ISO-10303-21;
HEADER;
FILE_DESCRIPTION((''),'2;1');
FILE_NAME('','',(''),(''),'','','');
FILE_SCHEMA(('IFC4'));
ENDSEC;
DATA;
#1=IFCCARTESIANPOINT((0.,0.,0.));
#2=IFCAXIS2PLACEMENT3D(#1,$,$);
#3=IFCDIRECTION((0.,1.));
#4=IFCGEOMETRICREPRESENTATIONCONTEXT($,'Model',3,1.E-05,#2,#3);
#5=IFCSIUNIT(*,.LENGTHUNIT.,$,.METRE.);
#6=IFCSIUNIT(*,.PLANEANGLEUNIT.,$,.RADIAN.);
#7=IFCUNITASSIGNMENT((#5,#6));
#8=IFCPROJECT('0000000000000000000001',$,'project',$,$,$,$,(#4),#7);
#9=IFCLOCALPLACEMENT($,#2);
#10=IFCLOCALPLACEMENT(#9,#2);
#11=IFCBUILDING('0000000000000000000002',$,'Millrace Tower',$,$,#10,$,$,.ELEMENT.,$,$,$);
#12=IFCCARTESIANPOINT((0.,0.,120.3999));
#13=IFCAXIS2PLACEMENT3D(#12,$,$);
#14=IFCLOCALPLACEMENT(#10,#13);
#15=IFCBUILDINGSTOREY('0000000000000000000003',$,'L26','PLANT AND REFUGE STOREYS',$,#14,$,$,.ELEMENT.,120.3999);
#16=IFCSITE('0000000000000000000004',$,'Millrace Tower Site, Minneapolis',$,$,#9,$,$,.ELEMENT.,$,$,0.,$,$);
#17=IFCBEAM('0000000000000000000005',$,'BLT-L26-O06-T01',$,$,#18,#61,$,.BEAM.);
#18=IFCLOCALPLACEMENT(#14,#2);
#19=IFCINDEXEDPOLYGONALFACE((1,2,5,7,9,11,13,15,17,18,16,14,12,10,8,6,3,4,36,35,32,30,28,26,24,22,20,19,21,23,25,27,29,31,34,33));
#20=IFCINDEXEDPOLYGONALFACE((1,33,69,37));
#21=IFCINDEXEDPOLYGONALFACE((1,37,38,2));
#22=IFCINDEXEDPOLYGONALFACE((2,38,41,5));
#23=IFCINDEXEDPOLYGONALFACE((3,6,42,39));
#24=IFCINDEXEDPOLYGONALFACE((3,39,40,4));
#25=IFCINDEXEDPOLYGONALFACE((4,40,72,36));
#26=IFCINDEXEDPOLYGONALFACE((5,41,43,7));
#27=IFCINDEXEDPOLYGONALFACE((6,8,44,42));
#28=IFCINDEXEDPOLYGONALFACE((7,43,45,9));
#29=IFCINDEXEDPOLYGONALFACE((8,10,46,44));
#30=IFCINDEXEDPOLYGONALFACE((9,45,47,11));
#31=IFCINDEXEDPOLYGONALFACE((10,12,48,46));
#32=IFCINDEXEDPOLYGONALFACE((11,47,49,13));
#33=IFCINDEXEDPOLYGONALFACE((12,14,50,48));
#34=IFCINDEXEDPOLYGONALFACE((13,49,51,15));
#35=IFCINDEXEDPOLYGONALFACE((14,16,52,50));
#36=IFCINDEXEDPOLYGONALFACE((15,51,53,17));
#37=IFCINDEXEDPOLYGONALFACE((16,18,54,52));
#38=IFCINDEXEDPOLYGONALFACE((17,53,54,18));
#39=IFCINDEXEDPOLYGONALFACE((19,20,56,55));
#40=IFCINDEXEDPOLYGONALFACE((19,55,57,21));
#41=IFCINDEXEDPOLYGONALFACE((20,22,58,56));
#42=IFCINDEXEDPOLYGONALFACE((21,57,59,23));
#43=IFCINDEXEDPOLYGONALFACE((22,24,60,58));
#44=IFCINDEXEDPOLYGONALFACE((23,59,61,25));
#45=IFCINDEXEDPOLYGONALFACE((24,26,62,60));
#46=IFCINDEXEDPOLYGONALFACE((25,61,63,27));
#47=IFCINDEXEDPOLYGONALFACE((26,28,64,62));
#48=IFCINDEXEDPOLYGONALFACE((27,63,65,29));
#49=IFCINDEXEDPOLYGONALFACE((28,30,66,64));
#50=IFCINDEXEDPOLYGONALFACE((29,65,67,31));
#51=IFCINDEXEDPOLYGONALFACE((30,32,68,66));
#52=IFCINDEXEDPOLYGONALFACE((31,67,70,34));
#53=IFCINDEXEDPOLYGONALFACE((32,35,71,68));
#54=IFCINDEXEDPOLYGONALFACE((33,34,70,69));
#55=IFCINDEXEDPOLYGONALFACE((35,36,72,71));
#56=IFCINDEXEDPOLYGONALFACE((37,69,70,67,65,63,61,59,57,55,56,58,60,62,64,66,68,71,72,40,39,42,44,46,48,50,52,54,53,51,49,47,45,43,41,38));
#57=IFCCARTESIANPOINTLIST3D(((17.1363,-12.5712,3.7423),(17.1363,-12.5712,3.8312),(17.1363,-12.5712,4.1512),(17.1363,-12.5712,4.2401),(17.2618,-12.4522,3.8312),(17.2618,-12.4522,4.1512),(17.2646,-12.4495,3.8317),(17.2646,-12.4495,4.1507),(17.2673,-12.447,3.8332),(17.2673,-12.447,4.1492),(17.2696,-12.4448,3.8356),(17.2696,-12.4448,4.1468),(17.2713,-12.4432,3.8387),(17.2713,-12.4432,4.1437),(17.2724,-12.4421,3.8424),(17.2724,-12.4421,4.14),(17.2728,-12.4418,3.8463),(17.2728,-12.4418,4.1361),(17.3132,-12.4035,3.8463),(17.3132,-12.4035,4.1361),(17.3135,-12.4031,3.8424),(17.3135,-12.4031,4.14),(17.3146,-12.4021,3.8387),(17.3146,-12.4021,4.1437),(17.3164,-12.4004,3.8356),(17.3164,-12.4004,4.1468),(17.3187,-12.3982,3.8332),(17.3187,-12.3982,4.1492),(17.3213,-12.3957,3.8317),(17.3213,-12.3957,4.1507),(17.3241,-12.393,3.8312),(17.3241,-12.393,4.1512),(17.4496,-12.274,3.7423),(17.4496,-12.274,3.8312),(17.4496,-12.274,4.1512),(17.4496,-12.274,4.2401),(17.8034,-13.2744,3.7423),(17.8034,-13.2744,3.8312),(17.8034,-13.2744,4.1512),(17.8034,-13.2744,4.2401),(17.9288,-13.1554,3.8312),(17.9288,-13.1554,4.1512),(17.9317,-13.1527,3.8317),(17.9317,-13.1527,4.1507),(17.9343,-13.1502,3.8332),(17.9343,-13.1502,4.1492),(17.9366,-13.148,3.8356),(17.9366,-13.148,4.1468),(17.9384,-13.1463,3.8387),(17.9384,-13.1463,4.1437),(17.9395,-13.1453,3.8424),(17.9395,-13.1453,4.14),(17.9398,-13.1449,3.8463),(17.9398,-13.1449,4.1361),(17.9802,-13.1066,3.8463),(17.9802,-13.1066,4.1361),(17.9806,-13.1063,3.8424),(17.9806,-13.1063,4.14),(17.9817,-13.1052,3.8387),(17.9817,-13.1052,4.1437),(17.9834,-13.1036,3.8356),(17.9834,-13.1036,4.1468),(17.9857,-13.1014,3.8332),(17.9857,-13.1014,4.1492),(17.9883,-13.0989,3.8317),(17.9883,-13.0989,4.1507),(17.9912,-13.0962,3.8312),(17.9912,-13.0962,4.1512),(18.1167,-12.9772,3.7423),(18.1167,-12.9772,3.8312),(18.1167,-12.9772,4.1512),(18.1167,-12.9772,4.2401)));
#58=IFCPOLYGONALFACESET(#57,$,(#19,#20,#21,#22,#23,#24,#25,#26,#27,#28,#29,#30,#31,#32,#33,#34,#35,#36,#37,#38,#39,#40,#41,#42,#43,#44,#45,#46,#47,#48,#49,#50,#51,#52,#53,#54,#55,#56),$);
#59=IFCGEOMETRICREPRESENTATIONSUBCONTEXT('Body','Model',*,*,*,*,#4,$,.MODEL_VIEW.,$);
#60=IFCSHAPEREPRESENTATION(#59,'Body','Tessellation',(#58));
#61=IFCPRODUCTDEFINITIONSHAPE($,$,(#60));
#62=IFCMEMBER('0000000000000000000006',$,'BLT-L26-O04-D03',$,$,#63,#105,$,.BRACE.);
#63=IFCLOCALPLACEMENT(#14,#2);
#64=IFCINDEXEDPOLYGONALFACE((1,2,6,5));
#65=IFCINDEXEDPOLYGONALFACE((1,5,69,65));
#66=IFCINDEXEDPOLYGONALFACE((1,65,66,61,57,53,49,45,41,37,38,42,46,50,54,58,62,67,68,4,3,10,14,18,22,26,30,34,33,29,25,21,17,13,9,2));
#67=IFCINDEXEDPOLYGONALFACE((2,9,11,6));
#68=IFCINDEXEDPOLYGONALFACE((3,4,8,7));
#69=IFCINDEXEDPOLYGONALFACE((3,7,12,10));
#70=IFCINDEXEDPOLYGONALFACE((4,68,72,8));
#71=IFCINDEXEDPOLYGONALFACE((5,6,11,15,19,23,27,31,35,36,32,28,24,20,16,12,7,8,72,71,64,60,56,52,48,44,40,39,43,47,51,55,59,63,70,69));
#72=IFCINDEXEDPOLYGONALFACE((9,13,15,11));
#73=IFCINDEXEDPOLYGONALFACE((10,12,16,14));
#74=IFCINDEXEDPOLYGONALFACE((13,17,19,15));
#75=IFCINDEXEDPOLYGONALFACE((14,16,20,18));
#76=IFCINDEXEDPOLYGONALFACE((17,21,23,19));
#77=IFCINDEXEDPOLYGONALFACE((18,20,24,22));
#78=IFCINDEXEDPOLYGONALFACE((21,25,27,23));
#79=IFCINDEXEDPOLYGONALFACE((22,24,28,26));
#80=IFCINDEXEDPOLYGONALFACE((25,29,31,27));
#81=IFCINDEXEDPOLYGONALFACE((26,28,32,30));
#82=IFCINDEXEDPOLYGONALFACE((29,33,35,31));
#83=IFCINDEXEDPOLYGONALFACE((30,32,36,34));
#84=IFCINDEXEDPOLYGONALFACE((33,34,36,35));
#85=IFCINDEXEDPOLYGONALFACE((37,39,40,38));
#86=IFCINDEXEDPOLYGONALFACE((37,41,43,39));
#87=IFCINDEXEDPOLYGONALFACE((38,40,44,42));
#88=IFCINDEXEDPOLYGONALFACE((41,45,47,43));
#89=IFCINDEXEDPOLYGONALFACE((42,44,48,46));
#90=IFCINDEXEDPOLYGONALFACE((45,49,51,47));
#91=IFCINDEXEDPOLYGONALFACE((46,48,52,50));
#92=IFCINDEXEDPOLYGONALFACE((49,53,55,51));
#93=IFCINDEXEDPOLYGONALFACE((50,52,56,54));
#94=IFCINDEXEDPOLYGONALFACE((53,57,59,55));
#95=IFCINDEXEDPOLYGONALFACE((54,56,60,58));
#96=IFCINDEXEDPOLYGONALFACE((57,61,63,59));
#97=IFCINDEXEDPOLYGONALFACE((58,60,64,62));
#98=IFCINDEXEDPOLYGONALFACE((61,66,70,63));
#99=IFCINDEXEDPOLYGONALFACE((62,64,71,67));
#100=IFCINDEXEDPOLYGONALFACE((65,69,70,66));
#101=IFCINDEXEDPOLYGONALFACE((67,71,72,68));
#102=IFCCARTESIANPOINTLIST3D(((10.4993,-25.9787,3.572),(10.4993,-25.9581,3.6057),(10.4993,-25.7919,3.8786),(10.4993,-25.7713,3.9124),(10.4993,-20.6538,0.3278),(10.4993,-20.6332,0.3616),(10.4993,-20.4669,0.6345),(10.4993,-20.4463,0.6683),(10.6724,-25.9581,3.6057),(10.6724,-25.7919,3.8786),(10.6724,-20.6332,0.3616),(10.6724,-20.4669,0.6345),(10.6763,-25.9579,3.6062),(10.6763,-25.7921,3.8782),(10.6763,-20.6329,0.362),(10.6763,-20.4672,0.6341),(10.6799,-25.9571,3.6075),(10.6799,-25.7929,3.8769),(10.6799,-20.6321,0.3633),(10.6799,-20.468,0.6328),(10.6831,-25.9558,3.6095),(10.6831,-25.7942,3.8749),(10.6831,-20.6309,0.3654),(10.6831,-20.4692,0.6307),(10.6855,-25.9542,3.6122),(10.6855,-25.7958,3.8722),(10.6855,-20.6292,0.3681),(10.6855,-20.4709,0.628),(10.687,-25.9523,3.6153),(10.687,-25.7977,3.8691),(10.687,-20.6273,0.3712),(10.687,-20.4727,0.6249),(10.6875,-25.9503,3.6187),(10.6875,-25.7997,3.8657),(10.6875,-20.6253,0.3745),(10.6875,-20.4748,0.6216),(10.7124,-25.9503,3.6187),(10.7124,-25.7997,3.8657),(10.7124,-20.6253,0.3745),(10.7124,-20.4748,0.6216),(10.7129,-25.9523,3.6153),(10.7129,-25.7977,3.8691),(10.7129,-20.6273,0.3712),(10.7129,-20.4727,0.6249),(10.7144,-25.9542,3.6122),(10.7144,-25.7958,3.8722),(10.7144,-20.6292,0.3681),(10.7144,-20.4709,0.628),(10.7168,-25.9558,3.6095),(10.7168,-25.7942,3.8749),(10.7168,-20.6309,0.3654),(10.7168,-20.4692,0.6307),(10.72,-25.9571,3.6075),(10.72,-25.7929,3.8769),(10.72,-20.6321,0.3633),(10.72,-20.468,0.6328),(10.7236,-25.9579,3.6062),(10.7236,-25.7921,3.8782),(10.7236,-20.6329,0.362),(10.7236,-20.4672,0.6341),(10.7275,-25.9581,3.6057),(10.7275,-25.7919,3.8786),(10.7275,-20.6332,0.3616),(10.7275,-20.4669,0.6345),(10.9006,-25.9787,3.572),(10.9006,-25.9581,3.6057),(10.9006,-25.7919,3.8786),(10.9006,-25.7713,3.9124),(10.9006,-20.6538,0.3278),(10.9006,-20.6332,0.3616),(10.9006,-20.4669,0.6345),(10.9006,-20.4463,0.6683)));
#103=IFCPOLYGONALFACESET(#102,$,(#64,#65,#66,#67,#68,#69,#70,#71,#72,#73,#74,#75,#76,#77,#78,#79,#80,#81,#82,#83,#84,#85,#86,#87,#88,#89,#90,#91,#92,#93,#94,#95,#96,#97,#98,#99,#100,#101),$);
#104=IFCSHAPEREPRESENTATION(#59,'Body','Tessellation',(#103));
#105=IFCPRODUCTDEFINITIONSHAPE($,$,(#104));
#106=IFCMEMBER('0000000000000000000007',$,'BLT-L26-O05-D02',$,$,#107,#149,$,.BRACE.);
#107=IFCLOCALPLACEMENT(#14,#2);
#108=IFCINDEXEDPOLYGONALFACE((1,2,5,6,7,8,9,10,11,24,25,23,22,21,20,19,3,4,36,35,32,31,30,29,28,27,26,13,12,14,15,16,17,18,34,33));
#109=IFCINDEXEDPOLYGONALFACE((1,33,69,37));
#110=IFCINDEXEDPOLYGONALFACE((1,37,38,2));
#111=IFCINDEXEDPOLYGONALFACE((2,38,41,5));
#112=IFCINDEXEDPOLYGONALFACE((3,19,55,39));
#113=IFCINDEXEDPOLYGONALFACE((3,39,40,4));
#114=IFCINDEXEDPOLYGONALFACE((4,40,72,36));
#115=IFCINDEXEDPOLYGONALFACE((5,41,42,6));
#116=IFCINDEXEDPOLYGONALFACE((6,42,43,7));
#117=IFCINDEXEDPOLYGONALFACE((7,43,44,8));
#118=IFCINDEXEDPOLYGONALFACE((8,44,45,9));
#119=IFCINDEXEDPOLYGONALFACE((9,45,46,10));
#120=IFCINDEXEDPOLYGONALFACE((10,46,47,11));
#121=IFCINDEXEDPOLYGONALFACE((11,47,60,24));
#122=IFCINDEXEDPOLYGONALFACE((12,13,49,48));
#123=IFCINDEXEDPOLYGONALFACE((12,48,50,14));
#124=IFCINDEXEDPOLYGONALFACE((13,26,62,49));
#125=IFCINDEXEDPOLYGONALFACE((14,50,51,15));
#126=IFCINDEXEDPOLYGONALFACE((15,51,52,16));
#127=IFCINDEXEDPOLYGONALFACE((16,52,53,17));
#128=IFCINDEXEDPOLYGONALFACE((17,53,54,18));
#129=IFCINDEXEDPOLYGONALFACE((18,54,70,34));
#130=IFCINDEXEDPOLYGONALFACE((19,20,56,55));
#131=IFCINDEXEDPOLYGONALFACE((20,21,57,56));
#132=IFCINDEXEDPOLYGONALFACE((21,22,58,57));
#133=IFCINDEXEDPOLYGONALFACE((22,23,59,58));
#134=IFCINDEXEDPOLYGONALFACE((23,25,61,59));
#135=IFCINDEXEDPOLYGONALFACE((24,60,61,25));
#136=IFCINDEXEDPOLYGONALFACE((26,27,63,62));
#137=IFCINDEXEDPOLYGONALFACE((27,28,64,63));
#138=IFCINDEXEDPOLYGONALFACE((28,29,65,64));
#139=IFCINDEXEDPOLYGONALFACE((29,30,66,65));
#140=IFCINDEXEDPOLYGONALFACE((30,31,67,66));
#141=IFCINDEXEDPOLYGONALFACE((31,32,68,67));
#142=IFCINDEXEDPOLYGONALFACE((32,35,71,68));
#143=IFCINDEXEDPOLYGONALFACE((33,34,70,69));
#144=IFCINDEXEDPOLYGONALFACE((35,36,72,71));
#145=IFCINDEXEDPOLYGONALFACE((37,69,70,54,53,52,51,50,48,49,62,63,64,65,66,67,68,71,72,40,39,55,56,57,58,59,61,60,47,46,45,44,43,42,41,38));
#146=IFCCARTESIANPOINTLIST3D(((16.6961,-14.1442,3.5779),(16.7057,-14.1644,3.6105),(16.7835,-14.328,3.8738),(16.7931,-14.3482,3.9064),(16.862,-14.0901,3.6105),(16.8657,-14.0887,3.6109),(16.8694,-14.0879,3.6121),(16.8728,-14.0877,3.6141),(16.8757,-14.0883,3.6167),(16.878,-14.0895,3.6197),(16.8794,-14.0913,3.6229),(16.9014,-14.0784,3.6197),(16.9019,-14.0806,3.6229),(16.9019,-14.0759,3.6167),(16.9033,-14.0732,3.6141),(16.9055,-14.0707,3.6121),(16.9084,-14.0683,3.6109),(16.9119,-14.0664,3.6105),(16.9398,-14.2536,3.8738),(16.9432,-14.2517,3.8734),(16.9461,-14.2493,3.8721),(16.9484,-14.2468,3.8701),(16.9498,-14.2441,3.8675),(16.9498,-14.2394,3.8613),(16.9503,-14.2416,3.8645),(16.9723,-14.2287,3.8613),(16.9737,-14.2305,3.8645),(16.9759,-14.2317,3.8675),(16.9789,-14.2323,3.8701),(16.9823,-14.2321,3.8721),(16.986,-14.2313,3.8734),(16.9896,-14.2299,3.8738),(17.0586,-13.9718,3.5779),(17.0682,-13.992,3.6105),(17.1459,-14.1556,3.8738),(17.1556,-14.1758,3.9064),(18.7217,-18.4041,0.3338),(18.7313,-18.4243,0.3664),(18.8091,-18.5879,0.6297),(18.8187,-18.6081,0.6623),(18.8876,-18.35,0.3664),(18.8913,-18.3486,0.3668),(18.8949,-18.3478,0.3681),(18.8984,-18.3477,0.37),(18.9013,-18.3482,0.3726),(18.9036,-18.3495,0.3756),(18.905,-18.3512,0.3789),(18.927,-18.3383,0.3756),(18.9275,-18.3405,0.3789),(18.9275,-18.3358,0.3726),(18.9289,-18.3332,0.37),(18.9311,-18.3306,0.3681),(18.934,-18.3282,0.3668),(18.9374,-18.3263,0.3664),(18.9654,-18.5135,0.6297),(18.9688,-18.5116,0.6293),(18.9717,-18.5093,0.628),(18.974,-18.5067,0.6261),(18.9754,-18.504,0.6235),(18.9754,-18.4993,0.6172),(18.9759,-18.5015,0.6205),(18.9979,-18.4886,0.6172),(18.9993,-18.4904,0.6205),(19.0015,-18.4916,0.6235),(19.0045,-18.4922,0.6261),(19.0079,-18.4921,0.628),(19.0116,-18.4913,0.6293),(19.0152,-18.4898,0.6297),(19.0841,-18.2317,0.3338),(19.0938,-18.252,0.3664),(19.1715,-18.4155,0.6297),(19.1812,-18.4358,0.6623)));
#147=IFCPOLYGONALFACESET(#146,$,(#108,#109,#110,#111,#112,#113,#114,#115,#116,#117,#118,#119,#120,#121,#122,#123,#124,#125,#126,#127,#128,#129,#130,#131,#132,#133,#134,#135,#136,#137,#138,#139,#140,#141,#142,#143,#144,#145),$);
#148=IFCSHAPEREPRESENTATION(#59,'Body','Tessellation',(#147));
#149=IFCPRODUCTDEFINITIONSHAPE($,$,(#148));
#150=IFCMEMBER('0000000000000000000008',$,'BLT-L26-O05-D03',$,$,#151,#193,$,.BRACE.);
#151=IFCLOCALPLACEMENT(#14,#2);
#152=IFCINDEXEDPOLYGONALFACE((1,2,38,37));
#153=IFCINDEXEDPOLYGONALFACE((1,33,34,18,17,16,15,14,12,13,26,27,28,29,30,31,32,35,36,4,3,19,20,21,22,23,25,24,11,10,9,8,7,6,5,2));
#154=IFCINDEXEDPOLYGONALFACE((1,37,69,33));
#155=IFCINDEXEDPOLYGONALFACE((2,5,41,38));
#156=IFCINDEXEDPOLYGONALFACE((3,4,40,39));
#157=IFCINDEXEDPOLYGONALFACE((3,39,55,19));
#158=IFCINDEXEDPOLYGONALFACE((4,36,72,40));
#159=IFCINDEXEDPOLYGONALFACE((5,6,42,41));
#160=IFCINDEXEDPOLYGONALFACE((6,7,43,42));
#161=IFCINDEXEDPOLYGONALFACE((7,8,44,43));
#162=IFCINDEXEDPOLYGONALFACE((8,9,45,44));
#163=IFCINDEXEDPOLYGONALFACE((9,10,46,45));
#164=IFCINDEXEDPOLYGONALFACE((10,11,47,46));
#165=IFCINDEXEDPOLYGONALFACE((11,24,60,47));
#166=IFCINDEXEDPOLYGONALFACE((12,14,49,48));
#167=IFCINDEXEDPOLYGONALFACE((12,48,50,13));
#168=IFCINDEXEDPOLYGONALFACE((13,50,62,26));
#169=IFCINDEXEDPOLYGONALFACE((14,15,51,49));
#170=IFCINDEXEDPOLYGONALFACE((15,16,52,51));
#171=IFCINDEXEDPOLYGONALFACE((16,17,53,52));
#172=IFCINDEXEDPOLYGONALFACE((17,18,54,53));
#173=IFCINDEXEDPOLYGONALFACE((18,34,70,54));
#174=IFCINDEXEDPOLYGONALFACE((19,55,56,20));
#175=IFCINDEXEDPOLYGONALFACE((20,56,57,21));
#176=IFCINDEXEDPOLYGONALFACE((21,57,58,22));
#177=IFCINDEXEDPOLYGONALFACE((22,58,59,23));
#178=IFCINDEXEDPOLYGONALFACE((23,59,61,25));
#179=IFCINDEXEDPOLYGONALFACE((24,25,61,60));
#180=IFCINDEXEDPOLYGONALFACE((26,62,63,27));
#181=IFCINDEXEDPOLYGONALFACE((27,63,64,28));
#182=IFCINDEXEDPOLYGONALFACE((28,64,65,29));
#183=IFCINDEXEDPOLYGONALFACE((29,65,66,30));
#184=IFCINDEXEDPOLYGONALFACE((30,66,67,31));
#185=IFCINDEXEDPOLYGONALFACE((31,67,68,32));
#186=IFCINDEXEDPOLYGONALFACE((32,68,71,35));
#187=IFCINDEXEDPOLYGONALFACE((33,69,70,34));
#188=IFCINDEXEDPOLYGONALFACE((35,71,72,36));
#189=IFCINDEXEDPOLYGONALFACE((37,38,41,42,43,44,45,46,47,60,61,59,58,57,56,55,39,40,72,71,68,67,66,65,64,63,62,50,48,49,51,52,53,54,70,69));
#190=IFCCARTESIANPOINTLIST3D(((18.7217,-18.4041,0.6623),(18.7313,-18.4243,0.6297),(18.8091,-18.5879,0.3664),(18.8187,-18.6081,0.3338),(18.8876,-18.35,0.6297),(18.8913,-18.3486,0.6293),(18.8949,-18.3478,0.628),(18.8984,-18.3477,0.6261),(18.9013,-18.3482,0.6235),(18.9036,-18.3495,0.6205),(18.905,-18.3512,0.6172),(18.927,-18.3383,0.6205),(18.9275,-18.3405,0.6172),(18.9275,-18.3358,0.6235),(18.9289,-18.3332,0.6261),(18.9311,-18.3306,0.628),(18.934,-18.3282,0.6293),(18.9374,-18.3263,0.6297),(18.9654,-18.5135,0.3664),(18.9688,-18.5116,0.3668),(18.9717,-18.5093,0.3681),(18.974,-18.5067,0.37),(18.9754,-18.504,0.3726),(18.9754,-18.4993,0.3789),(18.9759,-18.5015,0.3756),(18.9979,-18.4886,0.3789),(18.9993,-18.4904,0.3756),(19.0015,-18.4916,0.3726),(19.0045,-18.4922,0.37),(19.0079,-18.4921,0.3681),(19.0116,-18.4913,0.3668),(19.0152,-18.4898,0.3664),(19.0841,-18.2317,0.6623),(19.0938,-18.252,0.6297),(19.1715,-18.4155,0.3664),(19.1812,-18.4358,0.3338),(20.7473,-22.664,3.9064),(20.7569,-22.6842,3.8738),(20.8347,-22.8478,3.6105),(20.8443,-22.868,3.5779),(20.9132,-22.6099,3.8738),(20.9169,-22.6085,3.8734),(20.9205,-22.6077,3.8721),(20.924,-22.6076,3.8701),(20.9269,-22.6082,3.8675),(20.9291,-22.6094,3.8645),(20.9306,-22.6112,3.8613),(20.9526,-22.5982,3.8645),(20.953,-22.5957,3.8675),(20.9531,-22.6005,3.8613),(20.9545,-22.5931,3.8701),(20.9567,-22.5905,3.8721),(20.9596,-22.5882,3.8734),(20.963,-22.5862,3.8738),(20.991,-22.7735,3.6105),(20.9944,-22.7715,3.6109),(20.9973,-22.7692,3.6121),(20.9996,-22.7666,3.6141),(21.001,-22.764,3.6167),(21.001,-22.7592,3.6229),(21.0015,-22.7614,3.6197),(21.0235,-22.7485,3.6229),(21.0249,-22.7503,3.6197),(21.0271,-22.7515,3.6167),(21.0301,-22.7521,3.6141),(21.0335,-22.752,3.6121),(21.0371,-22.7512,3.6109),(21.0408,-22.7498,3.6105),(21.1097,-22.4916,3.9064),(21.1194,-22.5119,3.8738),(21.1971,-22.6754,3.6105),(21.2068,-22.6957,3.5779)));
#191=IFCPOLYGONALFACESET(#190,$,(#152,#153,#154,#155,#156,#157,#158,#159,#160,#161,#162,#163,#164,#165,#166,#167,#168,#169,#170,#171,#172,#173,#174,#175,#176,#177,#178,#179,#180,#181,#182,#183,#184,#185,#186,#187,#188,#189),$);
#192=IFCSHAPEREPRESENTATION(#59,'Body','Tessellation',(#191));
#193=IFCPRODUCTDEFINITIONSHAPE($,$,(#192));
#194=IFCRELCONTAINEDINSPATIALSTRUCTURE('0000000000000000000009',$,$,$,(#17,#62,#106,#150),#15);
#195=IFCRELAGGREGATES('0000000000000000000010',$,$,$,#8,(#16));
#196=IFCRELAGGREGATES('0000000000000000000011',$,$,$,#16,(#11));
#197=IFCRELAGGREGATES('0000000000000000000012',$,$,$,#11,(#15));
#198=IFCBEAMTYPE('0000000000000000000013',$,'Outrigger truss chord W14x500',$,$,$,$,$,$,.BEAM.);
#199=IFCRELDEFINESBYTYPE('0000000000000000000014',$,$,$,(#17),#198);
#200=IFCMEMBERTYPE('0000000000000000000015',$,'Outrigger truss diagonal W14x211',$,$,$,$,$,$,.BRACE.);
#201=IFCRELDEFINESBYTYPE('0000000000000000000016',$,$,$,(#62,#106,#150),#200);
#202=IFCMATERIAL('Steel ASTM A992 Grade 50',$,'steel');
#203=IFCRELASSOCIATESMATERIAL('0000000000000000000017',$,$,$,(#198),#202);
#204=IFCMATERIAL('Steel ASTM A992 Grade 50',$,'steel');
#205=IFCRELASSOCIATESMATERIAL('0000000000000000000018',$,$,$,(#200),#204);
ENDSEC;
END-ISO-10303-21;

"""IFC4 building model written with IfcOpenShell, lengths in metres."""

from ifc_helpers import new_model, si_unit, direction, frame, origin, origin_2d, place, context, subcontext, project, spatial, i_section, extrude, material, material_profile, profile_set, type_object, element, save


model = new_model("IFC4")

# Units and contexts
model_context = context("Model", 3, precision=1e-05, world=origin(), true_north=direction((0.0, 1.0)))
body_context = subcontext(model_context, "Body", "Model", "MODEL_VIEW")
ifc_project = project(units=[si_unit("LENGTHUNIT", "METRE"), si_unit("PLANEANGLEUNIT", "RADIAN")], contexts=[model_context])

# Site, building, storey
site_placement = place(None, origin())
site = spatial("IfcSite", under=ifc_project, at=site_placement, Name="Millrace Tower Site, Minneapolis", CompositionType="ELEMENT", RefElevation=0.0)
building_placement = place(site_placement, origin())
building = spatial("IfcBuilding", under=site, at=building_placement, Name="Millrace Tower", CompositionType="ELEMENT")
storey_placement = place(building_placement, frame((0.0, 0.0, 120.3999)))
storey = spatial("IfcBuildingStorey", under=building, at=storey_placement, Name="L26", Description="PLANT AND REFUGE STOREYS", CompositionType="ELEMENT", Elevation=120.3999)

# Beam
ifc_material_1 = material(Name="Steel ASTM A992 Grade 50", Category="steel")
ifc_material_profile_1 = material_profile(ifc_material_1, i_section(OverallWidth=0.4319, OverallDepth=0.4978, WebThickness=0.0557, FlangeThickness=0.0889, FilletRadius=0.0151, at=origin_2d()))
ifc_profile_set_1 = profile_set([ifc_material_profile_1], Name="Steel ASTM A992 Grade 50")
beam_type_1 = type_object("IfcBeamType", Name="Outrigger truss chord W14x500", PredefinedType="BEAM", material=ifc_profile_set_1)
beam_1_placement = place(storey_placement, frame((17.293, -12.4226, 3.9912), z_axis=(0.68822, -0.725502, 0.0), x_axis=(0.725502, 0.68822, 0.0)))
element("IfcBeam", 1, at=beam_1_placement, inside=storey, type_object=beam_type_1, Name="BLT-L26-O06-T01", PredefinedType="BEAM", context=body_context, shape_type="SweptSolid", body=[
    extrude(i_section(OverallWidth=0.4319, OverallDepth=0.4978, WebThickness=0.0557, FlangeThickness=0.0889, FilletRadius=0.0151, at=origin_2d()), origin(), (0.0, 0.0, 1.0), 0.9692),
])

# Members
ifc_material_2 = material(Name="Steel ASTM A992 Grade 50", Category="steel")
ifc_material_profile_2 = material_profile(ifc_material_2, i_section(OverallWidth=0.4014, OverallDepth=0.3987, WebThickness=0.0249, FlangeThickness=0.0396, FilletRadius=0.0151, at=origin_2d()))
ifc_profile_set_2 = profile_set([ifc_material_profile_2], Name="Steel ASTM A992 Grade 50")
member_type_1 = type_object("IfcMemberType", Name="Outrigger truss diagonal W14x211", PredefinedType="BRACE", material=ifc_profile_set_2)
member_placement = place(storey_placement, frame((10.7, -20.55, 0.498), z_axis=(0.0, -0.853994, 0.520282), x_axis=(1.0, 0.0, 0.0)))
element("IfcMember", 2, at=member_placement, inside=storey, type_object=member_type_1, Name="BLT-L26-O04-D03", PredefinedType="BRACE", context=body_context, shape_type="SweptSolid", body=[
    extrude(i_section(OverallWidth=0.4014, OverallDepth=0.3987, WebThickness=0.0249, FlangeThickness=0.0396, FilletRadius=0.0151, at=origin_2d()), origin(), (0.0, 0.0, 1.0), 6.2354),
])
for number, where, z_axis, x_axis, name in (
    (3, (18.9514, -18.4199, 0.498), (-0.353824, 0.74411, 0.566665), (-0.903102, -0.429425, 0.0), "BLT-L26-O05-D02"),
    (4, (18.9514, -18.4199, 0.498), (0.353824, -0.74411, 0.566665), (0.903102, 0.429425, 0.0), "BLT-L26-O05-D03"),
):
    element("IfcMember", number, at=place(storey_placement, frame(where, z_axis=z_axis, x_axis=x_axis)), inside=storey, type_object=member_type_1, Name=name, PredefinedType="BRACE", context=body_context, shape_type="SweptSolid", body=[
        extrude(i_section(OverallWidth=0.4014, OverallDepth=0.3987, WebThickness=0.0249, FlangeThickness=0.0396, FilletRadius=0.0151, at=origin_2d()), origin(), (0.0, 0.0, 1.0), 5.7249),
    ])

save(model, "model.ifc")
